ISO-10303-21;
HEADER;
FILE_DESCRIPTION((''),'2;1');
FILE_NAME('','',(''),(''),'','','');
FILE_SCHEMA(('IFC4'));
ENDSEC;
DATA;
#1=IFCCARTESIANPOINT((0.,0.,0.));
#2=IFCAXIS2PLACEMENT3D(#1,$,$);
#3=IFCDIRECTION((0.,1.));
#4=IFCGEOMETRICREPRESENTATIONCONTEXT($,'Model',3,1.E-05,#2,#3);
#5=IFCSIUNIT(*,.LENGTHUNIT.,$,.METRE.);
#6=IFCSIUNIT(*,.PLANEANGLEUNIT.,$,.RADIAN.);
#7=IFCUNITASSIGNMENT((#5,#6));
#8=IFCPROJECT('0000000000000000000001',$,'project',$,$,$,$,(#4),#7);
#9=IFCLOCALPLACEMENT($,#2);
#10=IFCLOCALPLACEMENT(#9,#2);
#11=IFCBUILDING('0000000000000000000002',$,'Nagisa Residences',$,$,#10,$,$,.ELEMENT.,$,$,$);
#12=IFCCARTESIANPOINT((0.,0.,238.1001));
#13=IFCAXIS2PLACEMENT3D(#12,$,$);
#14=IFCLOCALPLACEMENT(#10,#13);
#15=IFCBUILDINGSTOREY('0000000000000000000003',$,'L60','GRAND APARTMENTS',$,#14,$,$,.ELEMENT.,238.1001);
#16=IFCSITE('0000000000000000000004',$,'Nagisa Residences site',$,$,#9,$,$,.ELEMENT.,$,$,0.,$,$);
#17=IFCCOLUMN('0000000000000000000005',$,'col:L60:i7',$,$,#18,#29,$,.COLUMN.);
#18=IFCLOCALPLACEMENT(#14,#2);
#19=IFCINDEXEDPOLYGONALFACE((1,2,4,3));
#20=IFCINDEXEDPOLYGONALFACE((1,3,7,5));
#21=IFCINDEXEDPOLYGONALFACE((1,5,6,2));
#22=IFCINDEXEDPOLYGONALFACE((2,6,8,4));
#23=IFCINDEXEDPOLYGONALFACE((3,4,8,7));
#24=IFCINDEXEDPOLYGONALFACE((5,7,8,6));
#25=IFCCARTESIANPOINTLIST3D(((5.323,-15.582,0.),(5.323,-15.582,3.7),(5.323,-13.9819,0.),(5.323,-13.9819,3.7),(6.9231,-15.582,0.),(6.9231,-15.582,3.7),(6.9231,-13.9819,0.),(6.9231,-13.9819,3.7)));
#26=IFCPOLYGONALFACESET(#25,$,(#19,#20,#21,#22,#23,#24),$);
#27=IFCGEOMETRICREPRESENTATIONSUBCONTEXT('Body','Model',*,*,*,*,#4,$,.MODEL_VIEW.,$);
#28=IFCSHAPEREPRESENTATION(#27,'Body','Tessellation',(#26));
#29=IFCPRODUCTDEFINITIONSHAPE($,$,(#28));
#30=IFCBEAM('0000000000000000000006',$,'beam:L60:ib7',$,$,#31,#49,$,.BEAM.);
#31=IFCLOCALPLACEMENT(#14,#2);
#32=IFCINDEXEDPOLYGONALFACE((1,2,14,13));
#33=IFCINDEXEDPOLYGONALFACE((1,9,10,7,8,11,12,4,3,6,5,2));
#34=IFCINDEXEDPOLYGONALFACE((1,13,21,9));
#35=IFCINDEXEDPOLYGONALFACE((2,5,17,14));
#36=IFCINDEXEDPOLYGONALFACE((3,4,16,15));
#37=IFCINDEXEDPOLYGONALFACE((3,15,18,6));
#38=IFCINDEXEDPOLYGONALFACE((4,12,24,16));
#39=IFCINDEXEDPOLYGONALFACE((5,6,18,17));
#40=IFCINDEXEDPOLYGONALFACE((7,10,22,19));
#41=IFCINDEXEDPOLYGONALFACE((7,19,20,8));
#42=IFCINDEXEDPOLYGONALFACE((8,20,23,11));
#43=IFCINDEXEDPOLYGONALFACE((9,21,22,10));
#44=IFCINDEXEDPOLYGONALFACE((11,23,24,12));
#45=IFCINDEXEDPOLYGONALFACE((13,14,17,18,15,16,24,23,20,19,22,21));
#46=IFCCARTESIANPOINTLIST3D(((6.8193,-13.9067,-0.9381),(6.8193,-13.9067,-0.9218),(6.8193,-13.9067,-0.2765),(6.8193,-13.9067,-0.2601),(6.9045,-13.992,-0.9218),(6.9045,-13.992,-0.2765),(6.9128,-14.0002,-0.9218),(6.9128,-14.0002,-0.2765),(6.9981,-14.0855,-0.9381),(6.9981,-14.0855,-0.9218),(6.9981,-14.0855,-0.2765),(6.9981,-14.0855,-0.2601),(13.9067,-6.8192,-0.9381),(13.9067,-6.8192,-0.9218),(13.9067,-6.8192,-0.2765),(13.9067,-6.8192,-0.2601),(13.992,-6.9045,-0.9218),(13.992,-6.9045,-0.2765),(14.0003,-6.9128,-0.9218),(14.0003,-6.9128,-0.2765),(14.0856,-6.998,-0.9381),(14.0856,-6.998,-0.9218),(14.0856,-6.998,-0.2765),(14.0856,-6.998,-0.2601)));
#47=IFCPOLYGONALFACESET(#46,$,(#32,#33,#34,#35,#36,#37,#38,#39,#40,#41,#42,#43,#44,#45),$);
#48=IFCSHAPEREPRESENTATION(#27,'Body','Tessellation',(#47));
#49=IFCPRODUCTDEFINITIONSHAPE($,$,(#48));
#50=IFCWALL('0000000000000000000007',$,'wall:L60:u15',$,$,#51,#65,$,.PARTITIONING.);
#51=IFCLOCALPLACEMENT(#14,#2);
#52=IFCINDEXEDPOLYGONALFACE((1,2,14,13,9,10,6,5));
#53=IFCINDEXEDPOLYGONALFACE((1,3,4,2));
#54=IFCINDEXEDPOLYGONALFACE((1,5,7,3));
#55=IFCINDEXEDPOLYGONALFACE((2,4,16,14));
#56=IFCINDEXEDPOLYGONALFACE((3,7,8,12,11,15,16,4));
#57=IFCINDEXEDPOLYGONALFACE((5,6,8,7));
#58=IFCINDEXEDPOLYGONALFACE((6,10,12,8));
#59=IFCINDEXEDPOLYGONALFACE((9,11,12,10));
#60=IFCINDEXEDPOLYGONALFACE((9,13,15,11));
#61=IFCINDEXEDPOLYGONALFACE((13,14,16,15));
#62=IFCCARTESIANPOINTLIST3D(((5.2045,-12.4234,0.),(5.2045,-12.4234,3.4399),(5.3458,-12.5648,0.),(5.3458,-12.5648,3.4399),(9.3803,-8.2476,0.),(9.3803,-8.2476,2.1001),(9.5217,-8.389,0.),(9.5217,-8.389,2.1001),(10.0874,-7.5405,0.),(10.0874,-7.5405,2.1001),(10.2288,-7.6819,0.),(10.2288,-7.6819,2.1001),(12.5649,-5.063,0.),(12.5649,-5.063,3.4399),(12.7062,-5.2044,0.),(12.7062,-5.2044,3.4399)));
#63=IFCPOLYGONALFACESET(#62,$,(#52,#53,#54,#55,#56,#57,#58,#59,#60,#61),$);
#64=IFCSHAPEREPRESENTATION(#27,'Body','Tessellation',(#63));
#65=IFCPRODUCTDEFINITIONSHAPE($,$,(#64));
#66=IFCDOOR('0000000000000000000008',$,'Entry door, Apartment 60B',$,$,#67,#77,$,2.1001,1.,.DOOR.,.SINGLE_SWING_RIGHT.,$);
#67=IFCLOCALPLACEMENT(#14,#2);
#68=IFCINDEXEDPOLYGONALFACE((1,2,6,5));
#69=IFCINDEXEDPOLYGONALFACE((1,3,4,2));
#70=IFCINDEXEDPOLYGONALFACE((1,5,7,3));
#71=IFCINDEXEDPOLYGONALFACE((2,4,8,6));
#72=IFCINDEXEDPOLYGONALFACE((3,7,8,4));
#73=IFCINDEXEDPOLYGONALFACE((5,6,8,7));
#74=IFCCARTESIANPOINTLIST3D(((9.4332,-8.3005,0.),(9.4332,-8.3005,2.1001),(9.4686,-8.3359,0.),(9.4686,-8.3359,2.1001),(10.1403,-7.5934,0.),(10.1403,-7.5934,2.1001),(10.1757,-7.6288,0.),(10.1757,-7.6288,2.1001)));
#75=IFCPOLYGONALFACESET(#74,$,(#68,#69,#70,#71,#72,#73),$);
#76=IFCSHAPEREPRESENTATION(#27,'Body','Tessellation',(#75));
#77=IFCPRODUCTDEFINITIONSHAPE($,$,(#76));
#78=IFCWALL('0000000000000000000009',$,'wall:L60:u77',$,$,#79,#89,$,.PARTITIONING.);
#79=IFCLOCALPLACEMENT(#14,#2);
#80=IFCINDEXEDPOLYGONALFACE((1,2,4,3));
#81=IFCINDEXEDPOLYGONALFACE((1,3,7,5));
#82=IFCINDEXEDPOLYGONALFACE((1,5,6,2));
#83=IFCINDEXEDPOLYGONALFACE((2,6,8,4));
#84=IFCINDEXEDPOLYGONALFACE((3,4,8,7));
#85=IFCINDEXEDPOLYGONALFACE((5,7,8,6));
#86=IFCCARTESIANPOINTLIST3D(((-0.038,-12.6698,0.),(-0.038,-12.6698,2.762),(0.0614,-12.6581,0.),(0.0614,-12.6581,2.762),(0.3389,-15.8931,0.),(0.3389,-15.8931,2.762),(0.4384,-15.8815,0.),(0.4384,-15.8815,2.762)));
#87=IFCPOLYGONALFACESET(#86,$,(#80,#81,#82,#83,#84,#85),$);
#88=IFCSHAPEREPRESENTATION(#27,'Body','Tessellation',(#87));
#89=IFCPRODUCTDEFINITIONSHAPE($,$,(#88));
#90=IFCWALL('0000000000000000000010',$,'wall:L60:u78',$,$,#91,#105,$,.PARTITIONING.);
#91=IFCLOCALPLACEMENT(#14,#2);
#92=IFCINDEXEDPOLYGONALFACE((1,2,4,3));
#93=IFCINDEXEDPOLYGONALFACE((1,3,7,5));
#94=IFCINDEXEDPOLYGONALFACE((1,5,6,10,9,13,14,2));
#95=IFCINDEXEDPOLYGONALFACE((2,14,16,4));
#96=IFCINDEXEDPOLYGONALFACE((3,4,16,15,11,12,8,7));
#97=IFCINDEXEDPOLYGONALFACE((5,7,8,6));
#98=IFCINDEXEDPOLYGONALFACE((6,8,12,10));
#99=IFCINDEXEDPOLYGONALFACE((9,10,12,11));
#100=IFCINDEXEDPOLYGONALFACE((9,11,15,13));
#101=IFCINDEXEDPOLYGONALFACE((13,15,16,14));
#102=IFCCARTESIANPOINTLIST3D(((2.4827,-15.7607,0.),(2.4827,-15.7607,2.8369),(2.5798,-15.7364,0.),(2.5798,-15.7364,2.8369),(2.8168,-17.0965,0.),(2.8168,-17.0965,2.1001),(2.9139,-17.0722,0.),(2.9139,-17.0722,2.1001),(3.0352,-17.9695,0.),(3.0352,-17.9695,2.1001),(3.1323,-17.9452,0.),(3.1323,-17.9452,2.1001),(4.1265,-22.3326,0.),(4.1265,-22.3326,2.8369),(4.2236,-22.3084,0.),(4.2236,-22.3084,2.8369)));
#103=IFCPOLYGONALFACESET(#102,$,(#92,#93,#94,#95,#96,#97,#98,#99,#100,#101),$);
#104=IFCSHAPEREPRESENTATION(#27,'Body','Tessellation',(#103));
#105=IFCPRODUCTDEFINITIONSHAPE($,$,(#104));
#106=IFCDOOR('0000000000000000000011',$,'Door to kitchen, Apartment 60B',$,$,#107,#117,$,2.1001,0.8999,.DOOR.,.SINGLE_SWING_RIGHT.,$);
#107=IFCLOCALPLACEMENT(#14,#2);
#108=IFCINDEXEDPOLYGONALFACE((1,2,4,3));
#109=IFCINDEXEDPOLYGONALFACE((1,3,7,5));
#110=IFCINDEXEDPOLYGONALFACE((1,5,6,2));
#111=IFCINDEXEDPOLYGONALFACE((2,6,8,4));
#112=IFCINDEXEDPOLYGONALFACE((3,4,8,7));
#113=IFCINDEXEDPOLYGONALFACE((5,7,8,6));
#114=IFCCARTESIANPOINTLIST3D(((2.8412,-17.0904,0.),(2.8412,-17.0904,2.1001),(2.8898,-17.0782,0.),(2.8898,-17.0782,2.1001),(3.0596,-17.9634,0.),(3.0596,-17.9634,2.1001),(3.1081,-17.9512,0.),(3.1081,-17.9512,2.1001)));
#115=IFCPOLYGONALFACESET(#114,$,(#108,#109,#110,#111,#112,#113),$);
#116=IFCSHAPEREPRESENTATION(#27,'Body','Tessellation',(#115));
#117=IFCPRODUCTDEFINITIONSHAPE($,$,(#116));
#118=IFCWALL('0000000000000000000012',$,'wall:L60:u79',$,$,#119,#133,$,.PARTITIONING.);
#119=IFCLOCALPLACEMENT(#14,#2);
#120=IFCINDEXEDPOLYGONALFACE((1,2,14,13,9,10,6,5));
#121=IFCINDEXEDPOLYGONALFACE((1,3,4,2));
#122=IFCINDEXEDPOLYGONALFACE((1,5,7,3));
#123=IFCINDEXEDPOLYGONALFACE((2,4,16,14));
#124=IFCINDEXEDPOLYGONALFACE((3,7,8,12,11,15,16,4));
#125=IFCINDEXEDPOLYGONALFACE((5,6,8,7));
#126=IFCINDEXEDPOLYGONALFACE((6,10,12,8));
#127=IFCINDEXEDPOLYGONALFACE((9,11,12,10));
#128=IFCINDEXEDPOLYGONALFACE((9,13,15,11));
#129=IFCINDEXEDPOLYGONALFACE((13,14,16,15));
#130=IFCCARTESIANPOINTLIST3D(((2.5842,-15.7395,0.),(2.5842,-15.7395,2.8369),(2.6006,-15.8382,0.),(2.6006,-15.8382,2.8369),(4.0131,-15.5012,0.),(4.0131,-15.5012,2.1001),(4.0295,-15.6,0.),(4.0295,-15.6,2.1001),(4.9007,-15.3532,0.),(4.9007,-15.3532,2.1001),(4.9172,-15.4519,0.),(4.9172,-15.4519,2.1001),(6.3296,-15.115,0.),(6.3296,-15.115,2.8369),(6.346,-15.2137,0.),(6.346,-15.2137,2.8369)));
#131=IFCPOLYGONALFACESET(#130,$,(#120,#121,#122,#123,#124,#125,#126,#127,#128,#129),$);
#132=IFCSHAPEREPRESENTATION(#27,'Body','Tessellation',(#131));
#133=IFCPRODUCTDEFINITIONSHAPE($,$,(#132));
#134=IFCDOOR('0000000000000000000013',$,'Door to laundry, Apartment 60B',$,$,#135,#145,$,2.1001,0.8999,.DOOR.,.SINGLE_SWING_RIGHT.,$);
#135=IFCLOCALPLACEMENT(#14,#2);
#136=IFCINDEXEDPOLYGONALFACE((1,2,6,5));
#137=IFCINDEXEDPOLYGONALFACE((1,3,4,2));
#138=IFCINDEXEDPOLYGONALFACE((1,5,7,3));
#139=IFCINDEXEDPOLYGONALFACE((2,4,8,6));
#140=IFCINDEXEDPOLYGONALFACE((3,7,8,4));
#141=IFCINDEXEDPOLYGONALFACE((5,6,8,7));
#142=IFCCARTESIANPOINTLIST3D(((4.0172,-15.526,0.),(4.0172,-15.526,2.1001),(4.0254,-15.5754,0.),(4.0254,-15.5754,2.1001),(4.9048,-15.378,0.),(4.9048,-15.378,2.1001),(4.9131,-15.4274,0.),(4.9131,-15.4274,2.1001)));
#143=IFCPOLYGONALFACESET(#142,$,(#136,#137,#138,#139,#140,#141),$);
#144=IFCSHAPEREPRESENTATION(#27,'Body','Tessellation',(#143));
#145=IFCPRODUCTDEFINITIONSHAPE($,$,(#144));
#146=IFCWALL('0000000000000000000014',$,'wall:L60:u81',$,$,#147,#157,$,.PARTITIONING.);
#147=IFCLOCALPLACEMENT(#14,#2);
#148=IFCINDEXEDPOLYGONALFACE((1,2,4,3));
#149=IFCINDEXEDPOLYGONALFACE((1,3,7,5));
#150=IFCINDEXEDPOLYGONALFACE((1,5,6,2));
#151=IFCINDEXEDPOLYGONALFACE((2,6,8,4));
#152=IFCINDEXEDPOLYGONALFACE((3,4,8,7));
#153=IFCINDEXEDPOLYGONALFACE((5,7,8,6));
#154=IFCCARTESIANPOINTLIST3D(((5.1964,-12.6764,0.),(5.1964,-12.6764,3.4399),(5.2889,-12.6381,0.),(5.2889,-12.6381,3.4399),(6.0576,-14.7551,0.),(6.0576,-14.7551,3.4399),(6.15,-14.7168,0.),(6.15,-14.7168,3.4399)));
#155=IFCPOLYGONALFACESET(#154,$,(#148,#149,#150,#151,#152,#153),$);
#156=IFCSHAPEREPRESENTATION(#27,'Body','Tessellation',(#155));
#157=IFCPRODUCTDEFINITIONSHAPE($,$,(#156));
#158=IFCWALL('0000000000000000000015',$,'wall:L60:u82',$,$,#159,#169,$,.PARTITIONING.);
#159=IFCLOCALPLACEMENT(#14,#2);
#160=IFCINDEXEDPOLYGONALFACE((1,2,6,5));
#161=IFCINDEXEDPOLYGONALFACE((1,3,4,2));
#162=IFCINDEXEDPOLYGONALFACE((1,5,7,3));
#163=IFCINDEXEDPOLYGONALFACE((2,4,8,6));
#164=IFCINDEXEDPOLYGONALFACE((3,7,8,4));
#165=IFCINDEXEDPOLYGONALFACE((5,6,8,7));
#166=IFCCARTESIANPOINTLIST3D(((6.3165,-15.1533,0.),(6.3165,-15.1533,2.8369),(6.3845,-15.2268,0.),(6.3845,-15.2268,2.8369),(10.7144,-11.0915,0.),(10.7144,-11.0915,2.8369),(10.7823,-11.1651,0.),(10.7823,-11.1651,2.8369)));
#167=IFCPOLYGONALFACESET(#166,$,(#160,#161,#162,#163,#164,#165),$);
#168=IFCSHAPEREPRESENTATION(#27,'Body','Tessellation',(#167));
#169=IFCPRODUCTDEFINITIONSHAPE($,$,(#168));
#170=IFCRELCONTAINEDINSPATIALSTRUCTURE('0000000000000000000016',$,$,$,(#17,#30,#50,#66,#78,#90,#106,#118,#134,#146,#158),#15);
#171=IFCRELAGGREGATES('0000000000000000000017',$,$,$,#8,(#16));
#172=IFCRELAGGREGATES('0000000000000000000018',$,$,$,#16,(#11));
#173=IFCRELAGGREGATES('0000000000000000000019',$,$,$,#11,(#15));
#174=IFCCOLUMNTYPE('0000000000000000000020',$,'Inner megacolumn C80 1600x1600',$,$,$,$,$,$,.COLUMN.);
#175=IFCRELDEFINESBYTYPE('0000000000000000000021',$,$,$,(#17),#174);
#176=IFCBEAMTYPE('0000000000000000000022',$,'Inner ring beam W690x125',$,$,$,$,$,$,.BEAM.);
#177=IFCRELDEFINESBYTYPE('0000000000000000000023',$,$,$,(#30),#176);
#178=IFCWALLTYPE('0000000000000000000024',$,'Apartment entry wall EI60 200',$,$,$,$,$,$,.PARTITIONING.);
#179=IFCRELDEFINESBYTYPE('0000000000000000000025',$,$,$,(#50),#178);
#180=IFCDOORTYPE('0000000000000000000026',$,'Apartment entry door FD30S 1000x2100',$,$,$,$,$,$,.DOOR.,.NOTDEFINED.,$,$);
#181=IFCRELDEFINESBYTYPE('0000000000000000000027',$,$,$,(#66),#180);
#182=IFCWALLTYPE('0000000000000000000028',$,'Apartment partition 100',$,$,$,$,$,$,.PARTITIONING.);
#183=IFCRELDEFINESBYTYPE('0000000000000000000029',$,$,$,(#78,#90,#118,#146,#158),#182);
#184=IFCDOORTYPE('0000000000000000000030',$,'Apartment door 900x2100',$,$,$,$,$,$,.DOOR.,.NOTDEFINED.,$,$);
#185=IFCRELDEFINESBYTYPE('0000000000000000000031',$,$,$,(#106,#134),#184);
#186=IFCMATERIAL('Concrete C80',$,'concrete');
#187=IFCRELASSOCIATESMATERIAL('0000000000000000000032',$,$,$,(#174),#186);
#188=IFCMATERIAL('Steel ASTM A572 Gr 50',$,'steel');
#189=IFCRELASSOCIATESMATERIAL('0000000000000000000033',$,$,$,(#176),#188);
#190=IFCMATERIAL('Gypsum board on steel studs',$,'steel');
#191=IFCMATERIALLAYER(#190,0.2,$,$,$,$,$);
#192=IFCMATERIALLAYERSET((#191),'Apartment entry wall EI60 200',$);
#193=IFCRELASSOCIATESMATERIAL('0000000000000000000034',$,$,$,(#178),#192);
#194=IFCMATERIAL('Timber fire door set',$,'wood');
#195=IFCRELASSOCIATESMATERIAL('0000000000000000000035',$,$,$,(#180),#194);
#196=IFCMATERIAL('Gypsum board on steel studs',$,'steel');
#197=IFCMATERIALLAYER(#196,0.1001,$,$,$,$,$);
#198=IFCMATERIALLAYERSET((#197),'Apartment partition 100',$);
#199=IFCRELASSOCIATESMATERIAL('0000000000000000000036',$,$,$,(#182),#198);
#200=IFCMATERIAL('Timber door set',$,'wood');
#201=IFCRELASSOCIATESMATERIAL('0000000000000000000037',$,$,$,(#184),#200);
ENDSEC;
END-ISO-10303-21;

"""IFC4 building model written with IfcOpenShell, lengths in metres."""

from ifc_helpers import new_model, si_unit, direction, frame, frame_2d, origin, origin_2d, place, context, subcontext, project, spatial, rectangle, i_section, extrude, material, layer, layer_set, material_profile, profile_set, type_object, element, fill, save


model = new_model("IFC4")

# Units and contexts
model_context = context("Model", 3, precision=1e-05, world=origin(), true_north=direction((0.0, 1.0)))
body_context = subcontext(model_context, "Body", "Model", "MODEL_VIEW")
ifc_project = project(units=[si_unit("LENGTHUNIT", "METRE"), si_unit("PLANEANGLEUNIT", "RADIAN")], contexts=[model_context])

# Site, building, storey
site_placement = place(None, origin())
site = spatial("IfcSite", under=ifc_project, at=site_placement, Name="Nagisa Residences site", CompositionType="ELEMENT", RefElevation=0.0)
building_placement = place(site_placement, origin())
building = spatial("IfcBuilding", under=site, at=building_placement, Name="Nagisa Residences", CompositionType="ELEMENT")
storey_placement = place(building_placement, frame((0.0, 0.0, 238.1001)))
storey = spatial("IfcBuildingStorey", under=building, at=storey_placement, Name="L60", Description="GRAND APARTMENTS", CompositionType="ELEMENT", Elevation=238.1001)

# Column
ifc_material_1 = material(Name="Concrete C80", Category="concrete")
ifc_material_profile_1 = material_profile(ifc_material_1, rectangle(XDim=1.6001, YDim=1.6001, at=origin_2d()), Name="C80 1600x1600")
ifc_profile_set_1 = profile_set([ifc_material_profile_1], Name="Concrete C80")
column_type = type_object("IfcColumnType", Name="Inner megacolumn C80 1600x1600", PredefinedType="COLUMN", material=ifc_profile_set_1)
column_placement = place(storey_placement, frame((6.123, -14.782, 0.0), z_axis=(0.0, 0.0, 1.0), x_axis=(1.0, 0.0, 0.0)))
element("IfcColumn", 1, at=column_placement, inside=storey, type_object=column_type, Name="col:L60:i7", PredefinedType="COLUMN", context=body_context, shape_type="SweptSolid", body=[
    extrude(rectangle(XDim=1.6001, YDim=1.6001, at=origin_2d()), origin(), (0.0, 0.0, 1.0), 3.7),
])

# Beam
ifc_material_2 = material(Name="Steel ASTM A572 Gr 50", Category="steel")
ifc_material_profile_2 = material_profile(ifc_material_2, i_section(OverallWidth=0.2529, OverallDepth=0.678, WebThickness=0.0117, FlangeThickness=0.0164, at=origin_2d()), Name="W690x125")
ifc_profile_set_2 = profile_set([ifc_material_profile_2], Name="Steel ASTM A572 Gr 50")
beam_type = type_object("IfcBeamType", Name="Inner ring beam W690x125", PredefinedType="BEAM", material=ifc_profile_set_2)
beam_placement = place(storey_placement, frame((6.9087, -13.9961, -0.5991), z_axis=(0.707107, 0.707107, 0.0), x_axis=(-0.707107, 0.707107, 0.0)))
element("IfcBeam", 2, at=beam_placement, inside=storey, type_object=beam_type, Name="beam:L60:ib7", PredefinedType="BEAM", context=body_context, shape_type="SweptSolid", body=[
    extrude(i_section(OverallWidth=0.2529, OverallDepth=0.678, WebThickness=0.0117, FlangeThickness=0.0164, at=origin_2d()), origin(), (0.0, 0.0, 1.0), 10.0232),
])

# Wall, opening, door
ifc_material_3 = material(Name="Gypsum board on steel studs", Category="steel")
ifc_layer_1 = layer(ifc_material_3, 0.2)
ifc_layer_set_1 = layer_set([ifc_layer_1], Name="Apartment entry wall EI60 200")
wall_type_1 = type_object("IfcWallType", Name="Apartment entry wall EI60 200", PredefinedType="PARTITIONING", material=ifc_layer_set_1)
wall_1_placement = place(storey_placement, frame((5.2751, -12.4941, 0.0), z_axis=(0.0, 0.0, 1.0), x_axis=(0.707107, 0.707107, 0.0)))
wall_1 = element("IfcWall", 3, at=wall_1_placement, inside=storey, type_object=wall_type_1, Name="wall:L60:u15", PredefinedType="PARTITIONING", context=body_context, shape_type="SweptSolid", body=[
    extrude(rectangle(XDim=10.4092, YDim=0.2, at=frame_2d((5.2046, 0.0))), origin(), (0.0, 0.0, 1.0), 3.4399),
])
opening_1_placement = place(wall_1_placement, frame((5.9055, 0.0, 0.0)))
opening_1 = element("IfcOpeningElement", 4, at=opening_1_placement, cuts=wall_1, PredefinedType="OPENING", context=body_context, shape_type="SweptSolid", body=[
    extrude(rectangle(XDim=1.0, YDim=2.1001, at=frame_2d((0.5, 1.05))), frame((0.0, 0.1099, 0.0), z_axis=(0.0, -1.0, 0.0), x_axis=(1.0, 0.0, 0.0)), (0.0, 0.0, 1.0), 0.22),
])
ifc_material_4 = material(Name="Timber fire door set", Category="wood")
door_type_1 = type_object("IfcDoorType", Name="Apartment entry door FD30S 1000x2100", OperationType="NOTDEFINED", PredefinedType="DOOR", material=ifc_material_4)
door_1_placement = place(opening_1_placement, frame((1.0, 0.0, 0.0), x_axis=(-1.0, 0.0, 0.0)))
door_1 = element("IfcDoor", 5, at=door_1_placement, inside=storey, type_object=door_type_1, Name="Entry door, Apartment 60B", OperationType="SINGLE_SWING_RIGHT", OverallHeight=2.1001, OverallWidth=1.0, PredefinedType="DOOR", context=body_context, shape_type="SweptSolid", body=[
    extrude(rectangle(XDim=1.0, YDim=2.1001, at=frame_2d((0.5, 1.05))), frame((0.0, 0.0249, 0.0), z_axis=(0.0, -1.0, 0.0), x_axis=(1.0, 0.0, 0.0)), (0.0, 0.0, 1.0), 0.05),
])
fill(opening_1, door_1)

# Wall
ifc_material_5 = material(Name="Gypsum board on steel studs", Category="steel")
ifc_layer_2 = layer(ifc_material_5, 0.1001)
ifc_layer_set_2 = layer_set([ifc_layer_2], Name="Apartment partition 100")
wall_type_2 = type_object("IfcWallType", Name="Apartment partition 100", PredefinedType="PARTITIONING", material=ifc_layer_set_2)
wall_2_placement = place(storey_placement, frame((0.0117, -12.6641, 0.0), z_axis=(0.0, 0.0, 1.0), x_axis=(0.116152, -0.993231, 0.0)))
element("IfcWall", 6, at=wall_2_placement, inside=storey, type_object=wall_type_2, Name="wall:L60:u77", PredefinedType="PARTITIONING", context=body_context, shape_type="SweptSolid", body=[
    extrude(rectangle(XDim=3.2454, YDim=0.1001, at=frame_2d((1.6226, 0.0))), origin(), (0.0, 0.0, 1.0), 2.762),
])

# Walls, openings, doors
wall_3_placement = place(storey_placement, frame((2.5312, -15.7485, 0.0), z_axis=(0.0, 0.0, 1.0), x_axis=(0.242646, -0.970115, 0.0)))
wall_3 = element("IfcWall", 7, at=wall_3_placement, inside=storey, type_object=wall_type_2, Name="wall:L60:u78", PredefinedType="PARTITIONING", context=body_context, shape_type="SweptSolid", body=[
    extrude(rectangle(XDim=6.7744, YDim=0.1001, at=frame_2d((3.3872, 0.0))), origin(), (0.0, 0.0, 1.0), 2.8369),
])
opening_2_placement = place(wall_3_placement, frame((1.377, 0.0, 0.0)))
opening_2 = element("IfcOpeningElement", 8, at=opening_2_placement, cuts=wall_3, PredefinedType="OPENING", context=body_context, shape_type="SweptSolid", body=[
    extrude(rectangle(XDim=0.8999, YDim=2.1001, at=frame_2d((0.45, 1.05))), frame((0.0, 0.0601, 0.0), z_axis=(0.0, -1.0, 0.0), x_axis=(1.0, 0.0, 0.0)), (0.0, 0.0, 1.0), 0.1201),
])
ifc_material_6 = material(Name="Timber door set", Category="wood")
door_type_2 = type_object("IfcDoorType", Name="Apartment door 900x2100", OperationType="NOTDEFINED", PredefinedType="DOOR", material=ifc_material_6)
door_2_placement = place(opening_2_placement, frame((0.8999, 0.0, 0.0), x_axis=(-1.0, 0.0, 0.0)))
door_2 = element("IfcDoor", 9, at=door_2_placement, inside=storey, type_object=door_type_2, Name="Door to kitchen, Apartment 60B", OperationType="SINGLE_SWING_RIGHT", OverallHeight=2.1001, OverallWidth=0.8999, PredefinedType="DOOR", context=body_context, shape_type="SweptSolid", body=[
    extrude(rectangle(XDim=0.8999, YDim=2.1001, at=frame_2d((0.45, 1.05))), frame((0.0, 0.0249, 0.0), z_axis=(0.0, -1.0, 0.0), x_axis=(1.0, 0.0, 0.0)), (0.0, 0.0, 1.0), 0.05),
])
fill(opening_2, door_2)
wall_4_placement = place(storey_placement, frame((2.5925, -15.7888, 0.0), z_axis=(0.0, 0.0, 1.0), x_axis=(0.986382, 0.164472, 0.0)))
wall_4 = element("IfcWall", 10, at=wall_4_placement, inside=storey, type_object=wall_type_2, Name="wall:L60:u79", PredefinedType="PARTITIONING", context=body_context, shape_type="SweptSolid", body=[
    extrude(rectangle(XDim=3.7971, YDim=0.1001, at=frame_2d((1.8984, 0.0))), origin(), (0.0, 0.0, 1.0), 2.8369),
])
opening_3_placement = place(wall_4_placement, frame((1.4485, 0.0, 0.0)))
opening_3 = element("IfcOpeningElement", 11, at=opening_3_placement, cuts=wall_4, PredefinedType="OPENING", context=body_context, shape_type="SweptSolid", body=[
    extrude(rectangle(XDim=0.8999, YDim=2.1001, at=frame_2d((0.45, 1.05))), frame((0.0, 0.0601, 0.0), z_axis=(0.0, -1.0, 0.0), x_axis=(1.0, 0.0, 0.0)), (0.0, 0.0, 1.0), 0.1201),
])
door_3_placement = place(opening_3_placement, origin())
door_3 = element("IfcDoor", 12, at=door_3_placement, inside=storey, type_object=door_type_2, Name="Door to laundry, Apartment 60B", OperationType="SINGLE_SWING_RIGHT", OverallHeight=2.1001, OverallWidth=0.8999, PredefinedType="DOOR", context=body_context, shape_type="SweptSolid", body=[
    extrude(rectangle(XDim=0.8999, YDim=2.1001, at=frame_2d((0.45, 1.05))), frame((0.0, 0.0249, 0.0), z_axis=(0.0, -1.0, 0.0), x_axis=(1.0, 0.0, 0.0)), (0.0, 0.0, 1.0), 0.05),
])
fill(opening_3, door_3)

# Walls
wall_5_placement = place(storey_placement, frame((5.2427, -12.6572, 0.0), z_axis=(0.0, 0.0, 1.0), x_axis=(0.382719, -0.923865, 0.0)))
element("IfcWall", 13, at=wall_5_placement, inside=storey, type_object=wall_type_2, Name="wall:L60:u81", PredefinedType="PARTITIONING", context=body_context, shape_type="SweptSolid", body=[
    extrude(rectangle(XDim=2.25, YDim=0.1001, at=frame_2d((1.125, 0.0))), origin(), (0.0, 0.0, 1.0), 3.4399),
])
wall_6_placement = place(storey_placement, frame((6.3506, -15.1899, 0.0), z_axis=(0.0, 0.0, 1.0), x_axis=(0.734627, 0.678471, 0.0)))
element("IfcWall", 14, at=wall_6_placement, inside=storey, type_object=wall_type_2, Name="wall:L60:u82", PredefinedType="PARTITIONING", context=body_context, shape_type="SweptSolid", body=[
    extrude(rectangle(XDim=5.9866, YDim=0.1001, at=frame_2d((2.9932, 0.0))), origin(), (0.0, 0.0, 1.0), 2.8369),
])

save(model, "model.ifc")
